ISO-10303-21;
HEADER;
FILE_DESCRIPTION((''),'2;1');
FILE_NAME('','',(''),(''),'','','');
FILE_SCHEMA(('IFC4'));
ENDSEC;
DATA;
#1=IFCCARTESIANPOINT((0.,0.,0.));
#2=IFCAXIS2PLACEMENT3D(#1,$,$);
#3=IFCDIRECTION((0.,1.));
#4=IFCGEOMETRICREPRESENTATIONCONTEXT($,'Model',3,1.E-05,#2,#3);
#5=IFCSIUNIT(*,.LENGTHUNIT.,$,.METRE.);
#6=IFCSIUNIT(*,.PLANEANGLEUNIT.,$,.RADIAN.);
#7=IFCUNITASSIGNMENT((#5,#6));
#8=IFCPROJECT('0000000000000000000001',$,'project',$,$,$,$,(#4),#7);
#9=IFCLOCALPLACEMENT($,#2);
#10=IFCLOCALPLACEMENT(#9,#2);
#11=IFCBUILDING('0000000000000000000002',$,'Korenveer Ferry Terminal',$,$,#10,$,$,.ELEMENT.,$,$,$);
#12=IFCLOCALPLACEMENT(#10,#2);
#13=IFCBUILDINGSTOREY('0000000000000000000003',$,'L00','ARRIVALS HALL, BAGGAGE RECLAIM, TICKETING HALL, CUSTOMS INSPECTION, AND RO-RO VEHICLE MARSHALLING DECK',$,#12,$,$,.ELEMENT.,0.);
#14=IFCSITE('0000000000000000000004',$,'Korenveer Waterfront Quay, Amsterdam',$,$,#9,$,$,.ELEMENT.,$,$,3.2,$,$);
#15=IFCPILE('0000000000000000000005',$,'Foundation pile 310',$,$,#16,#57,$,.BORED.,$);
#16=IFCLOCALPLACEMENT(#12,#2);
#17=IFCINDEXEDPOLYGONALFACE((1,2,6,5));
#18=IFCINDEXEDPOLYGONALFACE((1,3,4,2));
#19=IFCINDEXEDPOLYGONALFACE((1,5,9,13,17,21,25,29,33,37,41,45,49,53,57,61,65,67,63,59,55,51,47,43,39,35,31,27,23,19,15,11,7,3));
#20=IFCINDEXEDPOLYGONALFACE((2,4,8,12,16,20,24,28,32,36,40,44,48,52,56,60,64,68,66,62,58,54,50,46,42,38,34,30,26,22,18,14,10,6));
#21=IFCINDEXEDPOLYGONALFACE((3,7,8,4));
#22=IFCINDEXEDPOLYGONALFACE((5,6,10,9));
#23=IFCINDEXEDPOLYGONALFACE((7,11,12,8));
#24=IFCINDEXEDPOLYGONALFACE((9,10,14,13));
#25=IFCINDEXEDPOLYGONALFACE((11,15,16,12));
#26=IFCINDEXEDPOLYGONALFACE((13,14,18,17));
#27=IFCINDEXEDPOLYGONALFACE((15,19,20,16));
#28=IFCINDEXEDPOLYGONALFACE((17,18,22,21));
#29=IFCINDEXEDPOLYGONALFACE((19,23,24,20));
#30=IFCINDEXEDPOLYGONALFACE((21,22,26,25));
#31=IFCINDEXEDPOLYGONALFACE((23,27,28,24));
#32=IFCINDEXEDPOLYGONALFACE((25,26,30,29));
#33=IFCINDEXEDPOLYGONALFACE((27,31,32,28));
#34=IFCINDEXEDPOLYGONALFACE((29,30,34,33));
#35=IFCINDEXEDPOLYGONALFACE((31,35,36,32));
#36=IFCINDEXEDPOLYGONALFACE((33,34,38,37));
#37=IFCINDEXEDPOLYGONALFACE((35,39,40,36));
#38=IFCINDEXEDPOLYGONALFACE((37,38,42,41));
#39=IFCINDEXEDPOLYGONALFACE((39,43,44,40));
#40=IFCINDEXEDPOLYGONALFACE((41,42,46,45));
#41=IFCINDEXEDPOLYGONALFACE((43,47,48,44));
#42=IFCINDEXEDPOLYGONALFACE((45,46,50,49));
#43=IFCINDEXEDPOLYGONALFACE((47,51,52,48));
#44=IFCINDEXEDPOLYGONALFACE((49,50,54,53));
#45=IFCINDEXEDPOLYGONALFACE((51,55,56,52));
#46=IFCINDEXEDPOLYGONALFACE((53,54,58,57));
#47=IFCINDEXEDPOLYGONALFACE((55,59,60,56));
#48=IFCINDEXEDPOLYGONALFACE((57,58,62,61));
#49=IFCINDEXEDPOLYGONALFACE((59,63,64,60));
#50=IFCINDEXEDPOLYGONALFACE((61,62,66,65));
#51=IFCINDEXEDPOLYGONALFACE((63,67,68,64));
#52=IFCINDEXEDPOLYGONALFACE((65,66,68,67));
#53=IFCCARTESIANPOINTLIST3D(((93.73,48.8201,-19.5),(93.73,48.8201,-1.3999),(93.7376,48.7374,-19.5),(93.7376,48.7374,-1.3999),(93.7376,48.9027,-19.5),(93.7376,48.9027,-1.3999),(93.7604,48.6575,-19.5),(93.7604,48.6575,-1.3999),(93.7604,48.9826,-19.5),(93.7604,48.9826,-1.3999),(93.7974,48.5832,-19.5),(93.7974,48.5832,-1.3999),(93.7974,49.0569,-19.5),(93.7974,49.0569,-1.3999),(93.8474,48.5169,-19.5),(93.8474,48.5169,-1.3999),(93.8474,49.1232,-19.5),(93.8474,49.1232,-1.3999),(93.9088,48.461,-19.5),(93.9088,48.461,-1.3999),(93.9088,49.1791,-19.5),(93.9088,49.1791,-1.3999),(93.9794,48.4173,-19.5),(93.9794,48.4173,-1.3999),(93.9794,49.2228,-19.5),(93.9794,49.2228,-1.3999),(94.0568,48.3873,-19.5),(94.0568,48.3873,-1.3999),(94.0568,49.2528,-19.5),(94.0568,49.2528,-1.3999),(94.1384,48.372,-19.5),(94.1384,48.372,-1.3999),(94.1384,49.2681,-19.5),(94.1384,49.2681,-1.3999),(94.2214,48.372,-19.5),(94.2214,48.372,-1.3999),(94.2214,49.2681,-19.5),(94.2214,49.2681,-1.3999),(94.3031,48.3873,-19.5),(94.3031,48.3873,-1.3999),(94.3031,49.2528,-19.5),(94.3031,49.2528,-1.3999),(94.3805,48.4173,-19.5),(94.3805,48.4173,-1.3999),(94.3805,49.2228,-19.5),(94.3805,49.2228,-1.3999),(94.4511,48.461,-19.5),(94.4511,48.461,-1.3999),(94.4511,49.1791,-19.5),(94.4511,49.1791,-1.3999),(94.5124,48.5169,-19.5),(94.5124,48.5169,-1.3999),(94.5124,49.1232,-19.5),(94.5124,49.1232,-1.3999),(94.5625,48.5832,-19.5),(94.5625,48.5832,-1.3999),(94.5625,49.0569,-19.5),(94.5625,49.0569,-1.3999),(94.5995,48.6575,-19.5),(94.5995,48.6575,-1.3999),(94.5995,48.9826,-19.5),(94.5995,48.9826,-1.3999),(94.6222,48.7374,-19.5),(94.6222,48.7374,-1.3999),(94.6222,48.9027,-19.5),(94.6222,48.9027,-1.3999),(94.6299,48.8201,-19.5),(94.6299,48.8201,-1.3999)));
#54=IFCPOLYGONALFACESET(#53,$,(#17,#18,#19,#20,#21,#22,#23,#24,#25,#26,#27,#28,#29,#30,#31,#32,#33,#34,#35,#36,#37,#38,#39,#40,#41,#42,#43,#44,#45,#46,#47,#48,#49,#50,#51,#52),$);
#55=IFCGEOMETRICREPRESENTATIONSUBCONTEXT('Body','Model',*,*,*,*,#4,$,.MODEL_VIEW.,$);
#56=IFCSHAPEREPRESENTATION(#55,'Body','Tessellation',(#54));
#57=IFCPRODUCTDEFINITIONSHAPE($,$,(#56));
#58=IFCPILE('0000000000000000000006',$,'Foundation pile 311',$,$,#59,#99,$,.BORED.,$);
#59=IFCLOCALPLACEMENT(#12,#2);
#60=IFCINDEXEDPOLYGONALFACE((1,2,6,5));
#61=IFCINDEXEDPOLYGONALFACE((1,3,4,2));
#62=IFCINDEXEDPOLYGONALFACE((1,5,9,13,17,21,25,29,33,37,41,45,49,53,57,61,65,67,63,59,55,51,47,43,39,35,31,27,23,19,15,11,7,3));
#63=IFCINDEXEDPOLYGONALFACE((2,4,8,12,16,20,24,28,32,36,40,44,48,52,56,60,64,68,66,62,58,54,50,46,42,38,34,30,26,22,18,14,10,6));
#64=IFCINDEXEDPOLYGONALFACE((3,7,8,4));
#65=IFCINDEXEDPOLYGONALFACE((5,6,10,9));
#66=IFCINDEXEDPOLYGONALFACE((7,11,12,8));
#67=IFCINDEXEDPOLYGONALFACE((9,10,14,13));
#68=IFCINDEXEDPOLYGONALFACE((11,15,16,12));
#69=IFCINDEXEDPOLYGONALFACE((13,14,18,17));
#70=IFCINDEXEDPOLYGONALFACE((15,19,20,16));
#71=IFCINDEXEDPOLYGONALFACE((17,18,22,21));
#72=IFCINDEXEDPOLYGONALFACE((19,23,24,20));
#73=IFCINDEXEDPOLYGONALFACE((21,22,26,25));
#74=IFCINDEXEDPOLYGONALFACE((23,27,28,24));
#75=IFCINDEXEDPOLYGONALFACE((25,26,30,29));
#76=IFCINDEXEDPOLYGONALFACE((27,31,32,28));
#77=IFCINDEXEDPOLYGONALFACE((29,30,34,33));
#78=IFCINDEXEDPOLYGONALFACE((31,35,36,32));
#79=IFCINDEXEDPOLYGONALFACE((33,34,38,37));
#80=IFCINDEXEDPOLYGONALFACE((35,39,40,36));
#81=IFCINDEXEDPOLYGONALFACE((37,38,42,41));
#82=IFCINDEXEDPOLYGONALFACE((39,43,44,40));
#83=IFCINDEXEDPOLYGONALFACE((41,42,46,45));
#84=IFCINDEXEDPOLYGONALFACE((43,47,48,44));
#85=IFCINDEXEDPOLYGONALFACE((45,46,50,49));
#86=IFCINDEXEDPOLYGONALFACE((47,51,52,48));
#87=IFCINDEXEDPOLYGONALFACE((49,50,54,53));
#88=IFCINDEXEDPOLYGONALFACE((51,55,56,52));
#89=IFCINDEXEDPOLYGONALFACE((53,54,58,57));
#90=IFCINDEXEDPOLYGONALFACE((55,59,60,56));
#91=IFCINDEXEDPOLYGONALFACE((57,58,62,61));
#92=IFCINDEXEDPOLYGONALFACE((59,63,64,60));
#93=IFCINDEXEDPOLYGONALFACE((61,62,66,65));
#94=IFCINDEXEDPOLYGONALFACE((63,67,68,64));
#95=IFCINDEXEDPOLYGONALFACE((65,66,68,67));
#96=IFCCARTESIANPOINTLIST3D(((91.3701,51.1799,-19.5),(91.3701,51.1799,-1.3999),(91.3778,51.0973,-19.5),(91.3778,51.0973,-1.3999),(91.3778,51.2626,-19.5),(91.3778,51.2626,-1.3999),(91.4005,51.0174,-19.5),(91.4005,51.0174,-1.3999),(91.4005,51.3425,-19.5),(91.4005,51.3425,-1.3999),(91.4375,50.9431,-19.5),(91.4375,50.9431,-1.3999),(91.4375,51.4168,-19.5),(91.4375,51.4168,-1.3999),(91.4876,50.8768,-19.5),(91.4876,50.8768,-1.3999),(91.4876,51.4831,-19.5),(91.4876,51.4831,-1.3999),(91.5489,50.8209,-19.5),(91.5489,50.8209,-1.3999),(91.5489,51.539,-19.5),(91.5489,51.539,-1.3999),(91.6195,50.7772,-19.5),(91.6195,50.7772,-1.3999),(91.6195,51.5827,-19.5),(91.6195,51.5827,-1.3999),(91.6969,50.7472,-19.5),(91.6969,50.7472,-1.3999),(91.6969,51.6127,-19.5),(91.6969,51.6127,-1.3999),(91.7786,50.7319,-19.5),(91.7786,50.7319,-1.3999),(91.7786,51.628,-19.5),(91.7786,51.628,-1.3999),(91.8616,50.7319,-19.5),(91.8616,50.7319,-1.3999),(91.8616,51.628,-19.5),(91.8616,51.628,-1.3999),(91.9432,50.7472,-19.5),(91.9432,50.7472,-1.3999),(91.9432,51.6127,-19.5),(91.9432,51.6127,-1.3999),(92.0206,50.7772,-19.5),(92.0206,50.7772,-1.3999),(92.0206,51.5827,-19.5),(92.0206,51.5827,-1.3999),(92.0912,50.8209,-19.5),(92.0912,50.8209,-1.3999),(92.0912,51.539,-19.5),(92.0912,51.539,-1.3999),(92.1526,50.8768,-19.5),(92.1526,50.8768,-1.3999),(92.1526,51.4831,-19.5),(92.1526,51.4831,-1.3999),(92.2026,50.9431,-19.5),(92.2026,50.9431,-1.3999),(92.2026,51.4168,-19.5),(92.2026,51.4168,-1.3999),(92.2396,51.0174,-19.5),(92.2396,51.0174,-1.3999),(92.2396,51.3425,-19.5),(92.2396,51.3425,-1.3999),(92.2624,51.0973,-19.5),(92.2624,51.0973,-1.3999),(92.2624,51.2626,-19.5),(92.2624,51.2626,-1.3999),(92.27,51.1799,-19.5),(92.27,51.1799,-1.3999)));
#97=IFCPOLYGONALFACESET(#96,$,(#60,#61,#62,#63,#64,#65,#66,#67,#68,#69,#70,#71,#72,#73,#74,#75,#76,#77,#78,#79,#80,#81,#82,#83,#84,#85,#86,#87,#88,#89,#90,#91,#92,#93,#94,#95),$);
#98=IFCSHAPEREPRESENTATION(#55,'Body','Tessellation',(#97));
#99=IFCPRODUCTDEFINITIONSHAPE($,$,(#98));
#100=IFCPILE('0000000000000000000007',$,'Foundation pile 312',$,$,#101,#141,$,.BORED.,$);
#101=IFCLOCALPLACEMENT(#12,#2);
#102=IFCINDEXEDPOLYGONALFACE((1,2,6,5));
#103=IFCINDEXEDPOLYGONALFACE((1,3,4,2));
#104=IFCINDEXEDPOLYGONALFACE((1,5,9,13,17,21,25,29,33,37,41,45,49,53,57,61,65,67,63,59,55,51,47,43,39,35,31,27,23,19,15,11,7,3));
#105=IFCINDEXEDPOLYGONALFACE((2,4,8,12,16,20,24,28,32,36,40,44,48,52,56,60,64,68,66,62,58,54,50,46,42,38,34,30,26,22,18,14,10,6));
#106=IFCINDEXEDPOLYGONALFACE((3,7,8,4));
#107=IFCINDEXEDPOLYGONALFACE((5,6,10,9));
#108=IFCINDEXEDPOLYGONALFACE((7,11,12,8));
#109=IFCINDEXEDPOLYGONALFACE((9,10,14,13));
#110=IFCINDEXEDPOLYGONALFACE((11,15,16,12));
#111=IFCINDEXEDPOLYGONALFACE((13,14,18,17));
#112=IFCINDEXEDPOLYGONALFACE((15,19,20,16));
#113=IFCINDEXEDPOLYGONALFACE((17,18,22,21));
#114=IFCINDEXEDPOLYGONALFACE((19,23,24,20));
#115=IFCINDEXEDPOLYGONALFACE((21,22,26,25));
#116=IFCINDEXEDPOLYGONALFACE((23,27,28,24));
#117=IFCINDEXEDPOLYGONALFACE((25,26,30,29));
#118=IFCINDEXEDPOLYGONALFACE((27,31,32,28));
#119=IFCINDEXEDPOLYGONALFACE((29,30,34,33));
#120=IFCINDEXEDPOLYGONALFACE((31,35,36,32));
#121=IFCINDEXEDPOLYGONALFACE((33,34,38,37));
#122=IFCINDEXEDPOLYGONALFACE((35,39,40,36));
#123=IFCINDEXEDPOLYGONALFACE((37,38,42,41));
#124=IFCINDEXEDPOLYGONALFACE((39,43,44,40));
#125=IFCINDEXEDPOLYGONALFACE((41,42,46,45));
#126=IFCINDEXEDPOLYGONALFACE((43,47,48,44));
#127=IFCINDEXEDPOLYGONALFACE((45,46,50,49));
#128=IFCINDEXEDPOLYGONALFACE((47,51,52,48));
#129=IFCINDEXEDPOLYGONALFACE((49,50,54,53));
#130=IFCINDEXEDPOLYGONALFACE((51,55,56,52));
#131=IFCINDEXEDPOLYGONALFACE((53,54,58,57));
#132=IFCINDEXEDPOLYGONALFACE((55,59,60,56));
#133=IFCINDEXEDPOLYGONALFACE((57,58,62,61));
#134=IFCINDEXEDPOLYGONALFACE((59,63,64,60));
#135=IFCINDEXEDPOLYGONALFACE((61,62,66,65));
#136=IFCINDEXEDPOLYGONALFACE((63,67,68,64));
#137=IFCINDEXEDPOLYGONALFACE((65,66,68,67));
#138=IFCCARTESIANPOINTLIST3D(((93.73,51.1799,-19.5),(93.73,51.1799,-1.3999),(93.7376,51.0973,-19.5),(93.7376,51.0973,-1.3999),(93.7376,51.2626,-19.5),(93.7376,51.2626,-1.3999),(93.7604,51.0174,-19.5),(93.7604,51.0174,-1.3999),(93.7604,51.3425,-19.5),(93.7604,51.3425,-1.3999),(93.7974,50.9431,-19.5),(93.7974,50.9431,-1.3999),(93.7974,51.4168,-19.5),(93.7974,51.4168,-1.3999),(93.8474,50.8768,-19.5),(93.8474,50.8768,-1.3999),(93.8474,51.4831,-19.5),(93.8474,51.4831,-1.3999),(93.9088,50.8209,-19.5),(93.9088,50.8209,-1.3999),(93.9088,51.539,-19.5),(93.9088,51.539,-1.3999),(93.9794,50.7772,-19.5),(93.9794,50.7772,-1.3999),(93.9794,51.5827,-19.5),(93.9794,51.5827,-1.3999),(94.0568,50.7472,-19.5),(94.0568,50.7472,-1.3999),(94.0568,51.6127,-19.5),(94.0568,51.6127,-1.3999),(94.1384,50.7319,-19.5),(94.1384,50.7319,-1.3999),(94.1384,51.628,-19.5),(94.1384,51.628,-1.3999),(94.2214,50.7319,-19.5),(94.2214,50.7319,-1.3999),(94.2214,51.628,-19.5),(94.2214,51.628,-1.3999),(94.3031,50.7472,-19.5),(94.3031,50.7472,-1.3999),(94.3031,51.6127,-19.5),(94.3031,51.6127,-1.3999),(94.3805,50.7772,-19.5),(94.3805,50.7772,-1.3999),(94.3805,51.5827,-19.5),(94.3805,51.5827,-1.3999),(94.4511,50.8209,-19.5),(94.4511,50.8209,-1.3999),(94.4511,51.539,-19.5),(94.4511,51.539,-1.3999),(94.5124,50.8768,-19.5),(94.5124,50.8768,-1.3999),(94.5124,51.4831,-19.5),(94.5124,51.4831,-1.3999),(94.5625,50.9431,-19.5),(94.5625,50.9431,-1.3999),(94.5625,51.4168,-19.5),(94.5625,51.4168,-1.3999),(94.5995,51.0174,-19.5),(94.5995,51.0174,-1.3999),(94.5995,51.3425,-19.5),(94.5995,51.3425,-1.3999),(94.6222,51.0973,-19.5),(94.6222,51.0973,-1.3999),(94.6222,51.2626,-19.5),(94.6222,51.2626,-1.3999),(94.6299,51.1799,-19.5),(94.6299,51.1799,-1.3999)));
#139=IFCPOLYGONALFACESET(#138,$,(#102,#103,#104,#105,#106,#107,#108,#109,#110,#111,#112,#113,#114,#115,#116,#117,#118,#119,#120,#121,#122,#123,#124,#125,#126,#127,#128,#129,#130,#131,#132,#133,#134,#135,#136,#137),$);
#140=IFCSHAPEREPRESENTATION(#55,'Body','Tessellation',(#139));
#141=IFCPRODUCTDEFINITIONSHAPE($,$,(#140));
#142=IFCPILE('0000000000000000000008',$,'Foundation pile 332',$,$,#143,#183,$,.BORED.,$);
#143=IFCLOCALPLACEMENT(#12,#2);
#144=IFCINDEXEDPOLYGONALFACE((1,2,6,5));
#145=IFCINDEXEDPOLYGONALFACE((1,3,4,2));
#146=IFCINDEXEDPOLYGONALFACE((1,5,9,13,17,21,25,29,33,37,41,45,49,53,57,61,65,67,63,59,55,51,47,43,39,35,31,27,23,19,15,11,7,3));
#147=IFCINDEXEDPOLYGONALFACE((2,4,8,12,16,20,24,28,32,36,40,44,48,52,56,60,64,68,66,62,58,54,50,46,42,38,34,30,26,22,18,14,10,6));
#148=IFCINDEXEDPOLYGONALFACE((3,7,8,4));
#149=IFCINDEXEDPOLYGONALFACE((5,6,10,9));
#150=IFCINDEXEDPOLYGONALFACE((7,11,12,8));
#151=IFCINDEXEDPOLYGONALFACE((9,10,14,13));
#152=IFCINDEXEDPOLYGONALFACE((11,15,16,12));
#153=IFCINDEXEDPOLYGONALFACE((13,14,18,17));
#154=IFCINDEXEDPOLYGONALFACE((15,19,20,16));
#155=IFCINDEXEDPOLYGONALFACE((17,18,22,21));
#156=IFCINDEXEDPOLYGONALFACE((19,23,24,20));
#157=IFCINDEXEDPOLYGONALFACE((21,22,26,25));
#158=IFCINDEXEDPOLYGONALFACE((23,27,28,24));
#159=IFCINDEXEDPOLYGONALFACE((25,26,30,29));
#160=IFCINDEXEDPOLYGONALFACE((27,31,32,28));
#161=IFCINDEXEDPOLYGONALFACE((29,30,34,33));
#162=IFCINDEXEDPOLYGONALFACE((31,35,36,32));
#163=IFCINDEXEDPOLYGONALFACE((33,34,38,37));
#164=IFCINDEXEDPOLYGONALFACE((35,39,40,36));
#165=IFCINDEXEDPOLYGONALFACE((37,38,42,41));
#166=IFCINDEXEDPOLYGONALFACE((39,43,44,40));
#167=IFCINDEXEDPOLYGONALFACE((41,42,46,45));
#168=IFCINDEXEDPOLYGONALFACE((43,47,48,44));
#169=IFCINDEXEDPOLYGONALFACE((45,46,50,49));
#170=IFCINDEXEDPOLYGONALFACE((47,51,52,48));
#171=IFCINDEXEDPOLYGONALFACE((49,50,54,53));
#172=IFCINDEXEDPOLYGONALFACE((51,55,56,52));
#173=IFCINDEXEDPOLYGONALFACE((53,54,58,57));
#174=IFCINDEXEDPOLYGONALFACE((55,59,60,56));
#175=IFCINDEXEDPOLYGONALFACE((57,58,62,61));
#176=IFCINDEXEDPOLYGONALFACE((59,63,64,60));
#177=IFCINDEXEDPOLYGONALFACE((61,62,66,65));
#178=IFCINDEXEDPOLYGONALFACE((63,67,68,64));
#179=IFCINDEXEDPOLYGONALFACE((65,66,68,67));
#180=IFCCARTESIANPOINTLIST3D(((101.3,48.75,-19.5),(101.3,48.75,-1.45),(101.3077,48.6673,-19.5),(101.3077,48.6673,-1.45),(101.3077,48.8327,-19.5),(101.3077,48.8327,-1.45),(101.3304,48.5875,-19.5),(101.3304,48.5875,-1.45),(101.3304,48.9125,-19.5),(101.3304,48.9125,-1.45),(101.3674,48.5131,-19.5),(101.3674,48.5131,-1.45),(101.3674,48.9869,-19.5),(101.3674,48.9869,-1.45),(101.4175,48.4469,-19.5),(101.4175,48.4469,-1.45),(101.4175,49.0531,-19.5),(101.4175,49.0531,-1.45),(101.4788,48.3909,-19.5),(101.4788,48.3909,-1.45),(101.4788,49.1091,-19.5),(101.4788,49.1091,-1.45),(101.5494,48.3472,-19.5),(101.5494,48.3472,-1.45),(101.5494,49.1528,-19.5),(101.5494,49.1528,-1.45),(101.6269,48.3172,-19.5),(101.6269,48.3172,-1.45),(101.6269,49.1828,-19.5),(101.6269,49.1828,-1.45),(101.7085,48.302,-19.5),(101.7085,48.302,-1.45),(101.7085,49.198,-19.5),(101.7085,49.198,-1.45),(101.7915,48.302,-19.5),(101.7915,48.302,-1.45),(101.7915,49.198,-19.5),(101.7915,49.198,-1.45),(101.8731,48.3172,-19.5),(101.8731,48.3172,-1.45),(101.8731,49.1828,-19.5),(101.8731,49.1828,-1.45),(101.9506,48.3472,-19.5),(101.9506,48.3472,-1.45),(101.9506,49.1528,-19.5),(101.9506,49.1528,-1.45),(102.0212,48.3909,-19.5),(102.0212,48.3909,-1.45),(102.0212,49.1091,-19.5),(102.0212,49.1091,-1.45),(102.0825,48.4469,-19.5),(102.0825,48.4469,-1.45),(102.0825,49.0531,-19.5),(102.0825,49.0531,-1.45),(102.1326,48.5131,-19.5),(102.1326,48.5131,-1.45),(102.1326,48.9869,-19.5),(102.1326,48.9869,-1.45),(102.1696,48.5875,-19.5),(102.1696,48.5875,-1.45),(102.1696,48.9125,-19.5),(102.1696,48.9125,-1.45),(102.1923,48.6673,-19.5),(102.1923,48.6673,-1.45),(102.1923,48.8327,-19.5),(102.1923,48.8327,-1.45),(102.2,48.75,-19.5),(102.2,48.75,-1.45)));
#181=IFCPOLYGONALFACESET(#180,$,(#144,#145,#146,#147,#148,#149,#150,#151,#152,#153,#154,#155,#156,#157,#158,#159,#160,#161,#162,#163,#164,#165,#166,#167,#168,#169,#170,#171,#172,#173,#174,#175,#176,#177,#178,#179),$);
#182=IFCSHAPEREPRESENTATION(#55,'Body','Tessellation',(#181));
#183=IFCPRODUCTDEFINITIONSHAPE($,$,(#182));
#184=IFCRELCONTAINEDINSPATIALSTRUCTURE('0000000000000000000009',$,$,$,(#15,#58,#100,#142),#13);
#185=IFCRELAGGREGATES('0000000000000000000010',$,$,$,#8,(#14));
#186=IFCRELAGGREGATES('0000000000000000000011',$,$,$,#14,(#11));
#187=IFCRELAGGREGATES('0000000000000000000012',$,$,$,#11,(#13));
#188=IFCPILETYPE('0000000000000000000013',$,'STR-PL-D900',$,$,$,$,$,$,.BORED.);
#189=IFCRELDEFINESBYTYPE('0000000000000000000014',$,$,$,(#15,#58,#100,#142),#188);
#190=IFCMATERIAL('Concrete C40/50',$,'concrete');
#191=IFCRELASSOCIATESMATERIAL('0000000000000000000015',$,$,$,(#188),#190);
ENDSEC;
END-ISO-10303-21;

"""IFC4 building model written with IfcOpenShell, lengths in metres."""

from ifc_helpers import new_model, si_unit, direction, frame, origin, origin_2d, place, context, subcontext, project, spatial, circle, extrude, material, material_profile, profile_set, type_object, element, save


model = new_model("IFC4")

# Units and contexts
model_context = context("Model", 3, precision=1e-05, world=origin(), true_north=direction((0.0, 1.0)))
body_context = subcontext(model_context, "Body", "Model", "MODEL_VIEW")
ifc_project = project(units=[si_unit("LENGTHUNIT", "METRE"), si_unit("PLANEANGLEUNIT", "RADIAN")], contexts=[model_context])

# Site, building, storey
site_placement = place(None, origin())
site = spatial("IfcSite", under=ifc_project, at=site_placement, Name="Korenveer Waterfront Quay, Amsterdam", CompositionType="ELEMENT", RefElevation=3.2)
building_placement = place(site_placement, origin())
building = spatial("IfcBuilding", under=site, at=building_placement, Name="Korenveer Ferry Terminal", CompositionType="ELEMENT")
storey_placement = place(building_placement, origin())
storey = spatial("IfcBuildingStorey", under=building, at=storey_placement, Name="L00", Description="ARRIVALS HALL, BAGGAGE RECLAIM, TICKETING HALL, CUSTOMS INSPECTION, AND RO-RO VEHICLE MARSHALLING DECK", CompositionType="ELEMENT", Elevation=0.0)

# Shared definitions
ifc_material_1 = material(Name="Concrete C40/50", Category="concrete")

# Piles
ifc_material_profile_1 = material_profile(ifc_material_1, circle(Radius=0.45, at=origin_2d()), Name="PILE D900")
ifc_profile_set_1 = profile_set([ifc_material_profile_1], Name="Concrete C40/50")
pile_type_1 = type_object("IfcPileType", Name="STR-PL-D900", PredefinedType="BORED", material=ifc_profile_set_1)
for number, where, z_axis, x_axis, name in (
    (1, (94.1799, 48.8201, -1.3999), (0.0, 0.0, -1.0), (1.0, 0.0, 0.0), "Foundation pile 310"),
    (2, (91.8201, 51.1799, -1.3999), (0.0, 0.0, -1.0), (1.0, 0.0, 0.0), "Foundation pile 311"),
    (3, (94.1799, 51.1799, -1.3999), (0.0, 0.0, -1.0), (1.0, 0.0, 0.0), "Foundation pile 312"),
):
    element("IfcPile", number, at=place(storey_placement, frame(where, z_axis=z_axis, x_axis=x_axis)), inside=storey, type_object=pile_type_1, Name=name, PredefinedType="BORED", context=body_context, shape_type="SweptSolid", body=[
        extrude(circle(Radius=0.45, at=origin_2d()), origin(), (0.0, 0.0, 1.0), 18.1001),
    ])
for number, where, z_axis, x_axis, name in (
    (4, (101.75, 48.75, -1.45), (0.0, 0.0, -1.0), (1.0, 0.0, 0.0), "Foundation pile 332"),
):
    element("IfcPile", number, at=place(storey_placement, frame(where, z_axis=z_axis, x_axis=x_axis)), inside=storey, type_object=pile_type_1, Name=name, PredefinedType="BORED", context=body_context, shape_type="SweptSolid", body=[
        extrude(circle(Radius=0.45, at=origin_2d()), origin(), (0.0, 0.0, 1.0), 18.05),
    ])

save(model, "model.ifc")
